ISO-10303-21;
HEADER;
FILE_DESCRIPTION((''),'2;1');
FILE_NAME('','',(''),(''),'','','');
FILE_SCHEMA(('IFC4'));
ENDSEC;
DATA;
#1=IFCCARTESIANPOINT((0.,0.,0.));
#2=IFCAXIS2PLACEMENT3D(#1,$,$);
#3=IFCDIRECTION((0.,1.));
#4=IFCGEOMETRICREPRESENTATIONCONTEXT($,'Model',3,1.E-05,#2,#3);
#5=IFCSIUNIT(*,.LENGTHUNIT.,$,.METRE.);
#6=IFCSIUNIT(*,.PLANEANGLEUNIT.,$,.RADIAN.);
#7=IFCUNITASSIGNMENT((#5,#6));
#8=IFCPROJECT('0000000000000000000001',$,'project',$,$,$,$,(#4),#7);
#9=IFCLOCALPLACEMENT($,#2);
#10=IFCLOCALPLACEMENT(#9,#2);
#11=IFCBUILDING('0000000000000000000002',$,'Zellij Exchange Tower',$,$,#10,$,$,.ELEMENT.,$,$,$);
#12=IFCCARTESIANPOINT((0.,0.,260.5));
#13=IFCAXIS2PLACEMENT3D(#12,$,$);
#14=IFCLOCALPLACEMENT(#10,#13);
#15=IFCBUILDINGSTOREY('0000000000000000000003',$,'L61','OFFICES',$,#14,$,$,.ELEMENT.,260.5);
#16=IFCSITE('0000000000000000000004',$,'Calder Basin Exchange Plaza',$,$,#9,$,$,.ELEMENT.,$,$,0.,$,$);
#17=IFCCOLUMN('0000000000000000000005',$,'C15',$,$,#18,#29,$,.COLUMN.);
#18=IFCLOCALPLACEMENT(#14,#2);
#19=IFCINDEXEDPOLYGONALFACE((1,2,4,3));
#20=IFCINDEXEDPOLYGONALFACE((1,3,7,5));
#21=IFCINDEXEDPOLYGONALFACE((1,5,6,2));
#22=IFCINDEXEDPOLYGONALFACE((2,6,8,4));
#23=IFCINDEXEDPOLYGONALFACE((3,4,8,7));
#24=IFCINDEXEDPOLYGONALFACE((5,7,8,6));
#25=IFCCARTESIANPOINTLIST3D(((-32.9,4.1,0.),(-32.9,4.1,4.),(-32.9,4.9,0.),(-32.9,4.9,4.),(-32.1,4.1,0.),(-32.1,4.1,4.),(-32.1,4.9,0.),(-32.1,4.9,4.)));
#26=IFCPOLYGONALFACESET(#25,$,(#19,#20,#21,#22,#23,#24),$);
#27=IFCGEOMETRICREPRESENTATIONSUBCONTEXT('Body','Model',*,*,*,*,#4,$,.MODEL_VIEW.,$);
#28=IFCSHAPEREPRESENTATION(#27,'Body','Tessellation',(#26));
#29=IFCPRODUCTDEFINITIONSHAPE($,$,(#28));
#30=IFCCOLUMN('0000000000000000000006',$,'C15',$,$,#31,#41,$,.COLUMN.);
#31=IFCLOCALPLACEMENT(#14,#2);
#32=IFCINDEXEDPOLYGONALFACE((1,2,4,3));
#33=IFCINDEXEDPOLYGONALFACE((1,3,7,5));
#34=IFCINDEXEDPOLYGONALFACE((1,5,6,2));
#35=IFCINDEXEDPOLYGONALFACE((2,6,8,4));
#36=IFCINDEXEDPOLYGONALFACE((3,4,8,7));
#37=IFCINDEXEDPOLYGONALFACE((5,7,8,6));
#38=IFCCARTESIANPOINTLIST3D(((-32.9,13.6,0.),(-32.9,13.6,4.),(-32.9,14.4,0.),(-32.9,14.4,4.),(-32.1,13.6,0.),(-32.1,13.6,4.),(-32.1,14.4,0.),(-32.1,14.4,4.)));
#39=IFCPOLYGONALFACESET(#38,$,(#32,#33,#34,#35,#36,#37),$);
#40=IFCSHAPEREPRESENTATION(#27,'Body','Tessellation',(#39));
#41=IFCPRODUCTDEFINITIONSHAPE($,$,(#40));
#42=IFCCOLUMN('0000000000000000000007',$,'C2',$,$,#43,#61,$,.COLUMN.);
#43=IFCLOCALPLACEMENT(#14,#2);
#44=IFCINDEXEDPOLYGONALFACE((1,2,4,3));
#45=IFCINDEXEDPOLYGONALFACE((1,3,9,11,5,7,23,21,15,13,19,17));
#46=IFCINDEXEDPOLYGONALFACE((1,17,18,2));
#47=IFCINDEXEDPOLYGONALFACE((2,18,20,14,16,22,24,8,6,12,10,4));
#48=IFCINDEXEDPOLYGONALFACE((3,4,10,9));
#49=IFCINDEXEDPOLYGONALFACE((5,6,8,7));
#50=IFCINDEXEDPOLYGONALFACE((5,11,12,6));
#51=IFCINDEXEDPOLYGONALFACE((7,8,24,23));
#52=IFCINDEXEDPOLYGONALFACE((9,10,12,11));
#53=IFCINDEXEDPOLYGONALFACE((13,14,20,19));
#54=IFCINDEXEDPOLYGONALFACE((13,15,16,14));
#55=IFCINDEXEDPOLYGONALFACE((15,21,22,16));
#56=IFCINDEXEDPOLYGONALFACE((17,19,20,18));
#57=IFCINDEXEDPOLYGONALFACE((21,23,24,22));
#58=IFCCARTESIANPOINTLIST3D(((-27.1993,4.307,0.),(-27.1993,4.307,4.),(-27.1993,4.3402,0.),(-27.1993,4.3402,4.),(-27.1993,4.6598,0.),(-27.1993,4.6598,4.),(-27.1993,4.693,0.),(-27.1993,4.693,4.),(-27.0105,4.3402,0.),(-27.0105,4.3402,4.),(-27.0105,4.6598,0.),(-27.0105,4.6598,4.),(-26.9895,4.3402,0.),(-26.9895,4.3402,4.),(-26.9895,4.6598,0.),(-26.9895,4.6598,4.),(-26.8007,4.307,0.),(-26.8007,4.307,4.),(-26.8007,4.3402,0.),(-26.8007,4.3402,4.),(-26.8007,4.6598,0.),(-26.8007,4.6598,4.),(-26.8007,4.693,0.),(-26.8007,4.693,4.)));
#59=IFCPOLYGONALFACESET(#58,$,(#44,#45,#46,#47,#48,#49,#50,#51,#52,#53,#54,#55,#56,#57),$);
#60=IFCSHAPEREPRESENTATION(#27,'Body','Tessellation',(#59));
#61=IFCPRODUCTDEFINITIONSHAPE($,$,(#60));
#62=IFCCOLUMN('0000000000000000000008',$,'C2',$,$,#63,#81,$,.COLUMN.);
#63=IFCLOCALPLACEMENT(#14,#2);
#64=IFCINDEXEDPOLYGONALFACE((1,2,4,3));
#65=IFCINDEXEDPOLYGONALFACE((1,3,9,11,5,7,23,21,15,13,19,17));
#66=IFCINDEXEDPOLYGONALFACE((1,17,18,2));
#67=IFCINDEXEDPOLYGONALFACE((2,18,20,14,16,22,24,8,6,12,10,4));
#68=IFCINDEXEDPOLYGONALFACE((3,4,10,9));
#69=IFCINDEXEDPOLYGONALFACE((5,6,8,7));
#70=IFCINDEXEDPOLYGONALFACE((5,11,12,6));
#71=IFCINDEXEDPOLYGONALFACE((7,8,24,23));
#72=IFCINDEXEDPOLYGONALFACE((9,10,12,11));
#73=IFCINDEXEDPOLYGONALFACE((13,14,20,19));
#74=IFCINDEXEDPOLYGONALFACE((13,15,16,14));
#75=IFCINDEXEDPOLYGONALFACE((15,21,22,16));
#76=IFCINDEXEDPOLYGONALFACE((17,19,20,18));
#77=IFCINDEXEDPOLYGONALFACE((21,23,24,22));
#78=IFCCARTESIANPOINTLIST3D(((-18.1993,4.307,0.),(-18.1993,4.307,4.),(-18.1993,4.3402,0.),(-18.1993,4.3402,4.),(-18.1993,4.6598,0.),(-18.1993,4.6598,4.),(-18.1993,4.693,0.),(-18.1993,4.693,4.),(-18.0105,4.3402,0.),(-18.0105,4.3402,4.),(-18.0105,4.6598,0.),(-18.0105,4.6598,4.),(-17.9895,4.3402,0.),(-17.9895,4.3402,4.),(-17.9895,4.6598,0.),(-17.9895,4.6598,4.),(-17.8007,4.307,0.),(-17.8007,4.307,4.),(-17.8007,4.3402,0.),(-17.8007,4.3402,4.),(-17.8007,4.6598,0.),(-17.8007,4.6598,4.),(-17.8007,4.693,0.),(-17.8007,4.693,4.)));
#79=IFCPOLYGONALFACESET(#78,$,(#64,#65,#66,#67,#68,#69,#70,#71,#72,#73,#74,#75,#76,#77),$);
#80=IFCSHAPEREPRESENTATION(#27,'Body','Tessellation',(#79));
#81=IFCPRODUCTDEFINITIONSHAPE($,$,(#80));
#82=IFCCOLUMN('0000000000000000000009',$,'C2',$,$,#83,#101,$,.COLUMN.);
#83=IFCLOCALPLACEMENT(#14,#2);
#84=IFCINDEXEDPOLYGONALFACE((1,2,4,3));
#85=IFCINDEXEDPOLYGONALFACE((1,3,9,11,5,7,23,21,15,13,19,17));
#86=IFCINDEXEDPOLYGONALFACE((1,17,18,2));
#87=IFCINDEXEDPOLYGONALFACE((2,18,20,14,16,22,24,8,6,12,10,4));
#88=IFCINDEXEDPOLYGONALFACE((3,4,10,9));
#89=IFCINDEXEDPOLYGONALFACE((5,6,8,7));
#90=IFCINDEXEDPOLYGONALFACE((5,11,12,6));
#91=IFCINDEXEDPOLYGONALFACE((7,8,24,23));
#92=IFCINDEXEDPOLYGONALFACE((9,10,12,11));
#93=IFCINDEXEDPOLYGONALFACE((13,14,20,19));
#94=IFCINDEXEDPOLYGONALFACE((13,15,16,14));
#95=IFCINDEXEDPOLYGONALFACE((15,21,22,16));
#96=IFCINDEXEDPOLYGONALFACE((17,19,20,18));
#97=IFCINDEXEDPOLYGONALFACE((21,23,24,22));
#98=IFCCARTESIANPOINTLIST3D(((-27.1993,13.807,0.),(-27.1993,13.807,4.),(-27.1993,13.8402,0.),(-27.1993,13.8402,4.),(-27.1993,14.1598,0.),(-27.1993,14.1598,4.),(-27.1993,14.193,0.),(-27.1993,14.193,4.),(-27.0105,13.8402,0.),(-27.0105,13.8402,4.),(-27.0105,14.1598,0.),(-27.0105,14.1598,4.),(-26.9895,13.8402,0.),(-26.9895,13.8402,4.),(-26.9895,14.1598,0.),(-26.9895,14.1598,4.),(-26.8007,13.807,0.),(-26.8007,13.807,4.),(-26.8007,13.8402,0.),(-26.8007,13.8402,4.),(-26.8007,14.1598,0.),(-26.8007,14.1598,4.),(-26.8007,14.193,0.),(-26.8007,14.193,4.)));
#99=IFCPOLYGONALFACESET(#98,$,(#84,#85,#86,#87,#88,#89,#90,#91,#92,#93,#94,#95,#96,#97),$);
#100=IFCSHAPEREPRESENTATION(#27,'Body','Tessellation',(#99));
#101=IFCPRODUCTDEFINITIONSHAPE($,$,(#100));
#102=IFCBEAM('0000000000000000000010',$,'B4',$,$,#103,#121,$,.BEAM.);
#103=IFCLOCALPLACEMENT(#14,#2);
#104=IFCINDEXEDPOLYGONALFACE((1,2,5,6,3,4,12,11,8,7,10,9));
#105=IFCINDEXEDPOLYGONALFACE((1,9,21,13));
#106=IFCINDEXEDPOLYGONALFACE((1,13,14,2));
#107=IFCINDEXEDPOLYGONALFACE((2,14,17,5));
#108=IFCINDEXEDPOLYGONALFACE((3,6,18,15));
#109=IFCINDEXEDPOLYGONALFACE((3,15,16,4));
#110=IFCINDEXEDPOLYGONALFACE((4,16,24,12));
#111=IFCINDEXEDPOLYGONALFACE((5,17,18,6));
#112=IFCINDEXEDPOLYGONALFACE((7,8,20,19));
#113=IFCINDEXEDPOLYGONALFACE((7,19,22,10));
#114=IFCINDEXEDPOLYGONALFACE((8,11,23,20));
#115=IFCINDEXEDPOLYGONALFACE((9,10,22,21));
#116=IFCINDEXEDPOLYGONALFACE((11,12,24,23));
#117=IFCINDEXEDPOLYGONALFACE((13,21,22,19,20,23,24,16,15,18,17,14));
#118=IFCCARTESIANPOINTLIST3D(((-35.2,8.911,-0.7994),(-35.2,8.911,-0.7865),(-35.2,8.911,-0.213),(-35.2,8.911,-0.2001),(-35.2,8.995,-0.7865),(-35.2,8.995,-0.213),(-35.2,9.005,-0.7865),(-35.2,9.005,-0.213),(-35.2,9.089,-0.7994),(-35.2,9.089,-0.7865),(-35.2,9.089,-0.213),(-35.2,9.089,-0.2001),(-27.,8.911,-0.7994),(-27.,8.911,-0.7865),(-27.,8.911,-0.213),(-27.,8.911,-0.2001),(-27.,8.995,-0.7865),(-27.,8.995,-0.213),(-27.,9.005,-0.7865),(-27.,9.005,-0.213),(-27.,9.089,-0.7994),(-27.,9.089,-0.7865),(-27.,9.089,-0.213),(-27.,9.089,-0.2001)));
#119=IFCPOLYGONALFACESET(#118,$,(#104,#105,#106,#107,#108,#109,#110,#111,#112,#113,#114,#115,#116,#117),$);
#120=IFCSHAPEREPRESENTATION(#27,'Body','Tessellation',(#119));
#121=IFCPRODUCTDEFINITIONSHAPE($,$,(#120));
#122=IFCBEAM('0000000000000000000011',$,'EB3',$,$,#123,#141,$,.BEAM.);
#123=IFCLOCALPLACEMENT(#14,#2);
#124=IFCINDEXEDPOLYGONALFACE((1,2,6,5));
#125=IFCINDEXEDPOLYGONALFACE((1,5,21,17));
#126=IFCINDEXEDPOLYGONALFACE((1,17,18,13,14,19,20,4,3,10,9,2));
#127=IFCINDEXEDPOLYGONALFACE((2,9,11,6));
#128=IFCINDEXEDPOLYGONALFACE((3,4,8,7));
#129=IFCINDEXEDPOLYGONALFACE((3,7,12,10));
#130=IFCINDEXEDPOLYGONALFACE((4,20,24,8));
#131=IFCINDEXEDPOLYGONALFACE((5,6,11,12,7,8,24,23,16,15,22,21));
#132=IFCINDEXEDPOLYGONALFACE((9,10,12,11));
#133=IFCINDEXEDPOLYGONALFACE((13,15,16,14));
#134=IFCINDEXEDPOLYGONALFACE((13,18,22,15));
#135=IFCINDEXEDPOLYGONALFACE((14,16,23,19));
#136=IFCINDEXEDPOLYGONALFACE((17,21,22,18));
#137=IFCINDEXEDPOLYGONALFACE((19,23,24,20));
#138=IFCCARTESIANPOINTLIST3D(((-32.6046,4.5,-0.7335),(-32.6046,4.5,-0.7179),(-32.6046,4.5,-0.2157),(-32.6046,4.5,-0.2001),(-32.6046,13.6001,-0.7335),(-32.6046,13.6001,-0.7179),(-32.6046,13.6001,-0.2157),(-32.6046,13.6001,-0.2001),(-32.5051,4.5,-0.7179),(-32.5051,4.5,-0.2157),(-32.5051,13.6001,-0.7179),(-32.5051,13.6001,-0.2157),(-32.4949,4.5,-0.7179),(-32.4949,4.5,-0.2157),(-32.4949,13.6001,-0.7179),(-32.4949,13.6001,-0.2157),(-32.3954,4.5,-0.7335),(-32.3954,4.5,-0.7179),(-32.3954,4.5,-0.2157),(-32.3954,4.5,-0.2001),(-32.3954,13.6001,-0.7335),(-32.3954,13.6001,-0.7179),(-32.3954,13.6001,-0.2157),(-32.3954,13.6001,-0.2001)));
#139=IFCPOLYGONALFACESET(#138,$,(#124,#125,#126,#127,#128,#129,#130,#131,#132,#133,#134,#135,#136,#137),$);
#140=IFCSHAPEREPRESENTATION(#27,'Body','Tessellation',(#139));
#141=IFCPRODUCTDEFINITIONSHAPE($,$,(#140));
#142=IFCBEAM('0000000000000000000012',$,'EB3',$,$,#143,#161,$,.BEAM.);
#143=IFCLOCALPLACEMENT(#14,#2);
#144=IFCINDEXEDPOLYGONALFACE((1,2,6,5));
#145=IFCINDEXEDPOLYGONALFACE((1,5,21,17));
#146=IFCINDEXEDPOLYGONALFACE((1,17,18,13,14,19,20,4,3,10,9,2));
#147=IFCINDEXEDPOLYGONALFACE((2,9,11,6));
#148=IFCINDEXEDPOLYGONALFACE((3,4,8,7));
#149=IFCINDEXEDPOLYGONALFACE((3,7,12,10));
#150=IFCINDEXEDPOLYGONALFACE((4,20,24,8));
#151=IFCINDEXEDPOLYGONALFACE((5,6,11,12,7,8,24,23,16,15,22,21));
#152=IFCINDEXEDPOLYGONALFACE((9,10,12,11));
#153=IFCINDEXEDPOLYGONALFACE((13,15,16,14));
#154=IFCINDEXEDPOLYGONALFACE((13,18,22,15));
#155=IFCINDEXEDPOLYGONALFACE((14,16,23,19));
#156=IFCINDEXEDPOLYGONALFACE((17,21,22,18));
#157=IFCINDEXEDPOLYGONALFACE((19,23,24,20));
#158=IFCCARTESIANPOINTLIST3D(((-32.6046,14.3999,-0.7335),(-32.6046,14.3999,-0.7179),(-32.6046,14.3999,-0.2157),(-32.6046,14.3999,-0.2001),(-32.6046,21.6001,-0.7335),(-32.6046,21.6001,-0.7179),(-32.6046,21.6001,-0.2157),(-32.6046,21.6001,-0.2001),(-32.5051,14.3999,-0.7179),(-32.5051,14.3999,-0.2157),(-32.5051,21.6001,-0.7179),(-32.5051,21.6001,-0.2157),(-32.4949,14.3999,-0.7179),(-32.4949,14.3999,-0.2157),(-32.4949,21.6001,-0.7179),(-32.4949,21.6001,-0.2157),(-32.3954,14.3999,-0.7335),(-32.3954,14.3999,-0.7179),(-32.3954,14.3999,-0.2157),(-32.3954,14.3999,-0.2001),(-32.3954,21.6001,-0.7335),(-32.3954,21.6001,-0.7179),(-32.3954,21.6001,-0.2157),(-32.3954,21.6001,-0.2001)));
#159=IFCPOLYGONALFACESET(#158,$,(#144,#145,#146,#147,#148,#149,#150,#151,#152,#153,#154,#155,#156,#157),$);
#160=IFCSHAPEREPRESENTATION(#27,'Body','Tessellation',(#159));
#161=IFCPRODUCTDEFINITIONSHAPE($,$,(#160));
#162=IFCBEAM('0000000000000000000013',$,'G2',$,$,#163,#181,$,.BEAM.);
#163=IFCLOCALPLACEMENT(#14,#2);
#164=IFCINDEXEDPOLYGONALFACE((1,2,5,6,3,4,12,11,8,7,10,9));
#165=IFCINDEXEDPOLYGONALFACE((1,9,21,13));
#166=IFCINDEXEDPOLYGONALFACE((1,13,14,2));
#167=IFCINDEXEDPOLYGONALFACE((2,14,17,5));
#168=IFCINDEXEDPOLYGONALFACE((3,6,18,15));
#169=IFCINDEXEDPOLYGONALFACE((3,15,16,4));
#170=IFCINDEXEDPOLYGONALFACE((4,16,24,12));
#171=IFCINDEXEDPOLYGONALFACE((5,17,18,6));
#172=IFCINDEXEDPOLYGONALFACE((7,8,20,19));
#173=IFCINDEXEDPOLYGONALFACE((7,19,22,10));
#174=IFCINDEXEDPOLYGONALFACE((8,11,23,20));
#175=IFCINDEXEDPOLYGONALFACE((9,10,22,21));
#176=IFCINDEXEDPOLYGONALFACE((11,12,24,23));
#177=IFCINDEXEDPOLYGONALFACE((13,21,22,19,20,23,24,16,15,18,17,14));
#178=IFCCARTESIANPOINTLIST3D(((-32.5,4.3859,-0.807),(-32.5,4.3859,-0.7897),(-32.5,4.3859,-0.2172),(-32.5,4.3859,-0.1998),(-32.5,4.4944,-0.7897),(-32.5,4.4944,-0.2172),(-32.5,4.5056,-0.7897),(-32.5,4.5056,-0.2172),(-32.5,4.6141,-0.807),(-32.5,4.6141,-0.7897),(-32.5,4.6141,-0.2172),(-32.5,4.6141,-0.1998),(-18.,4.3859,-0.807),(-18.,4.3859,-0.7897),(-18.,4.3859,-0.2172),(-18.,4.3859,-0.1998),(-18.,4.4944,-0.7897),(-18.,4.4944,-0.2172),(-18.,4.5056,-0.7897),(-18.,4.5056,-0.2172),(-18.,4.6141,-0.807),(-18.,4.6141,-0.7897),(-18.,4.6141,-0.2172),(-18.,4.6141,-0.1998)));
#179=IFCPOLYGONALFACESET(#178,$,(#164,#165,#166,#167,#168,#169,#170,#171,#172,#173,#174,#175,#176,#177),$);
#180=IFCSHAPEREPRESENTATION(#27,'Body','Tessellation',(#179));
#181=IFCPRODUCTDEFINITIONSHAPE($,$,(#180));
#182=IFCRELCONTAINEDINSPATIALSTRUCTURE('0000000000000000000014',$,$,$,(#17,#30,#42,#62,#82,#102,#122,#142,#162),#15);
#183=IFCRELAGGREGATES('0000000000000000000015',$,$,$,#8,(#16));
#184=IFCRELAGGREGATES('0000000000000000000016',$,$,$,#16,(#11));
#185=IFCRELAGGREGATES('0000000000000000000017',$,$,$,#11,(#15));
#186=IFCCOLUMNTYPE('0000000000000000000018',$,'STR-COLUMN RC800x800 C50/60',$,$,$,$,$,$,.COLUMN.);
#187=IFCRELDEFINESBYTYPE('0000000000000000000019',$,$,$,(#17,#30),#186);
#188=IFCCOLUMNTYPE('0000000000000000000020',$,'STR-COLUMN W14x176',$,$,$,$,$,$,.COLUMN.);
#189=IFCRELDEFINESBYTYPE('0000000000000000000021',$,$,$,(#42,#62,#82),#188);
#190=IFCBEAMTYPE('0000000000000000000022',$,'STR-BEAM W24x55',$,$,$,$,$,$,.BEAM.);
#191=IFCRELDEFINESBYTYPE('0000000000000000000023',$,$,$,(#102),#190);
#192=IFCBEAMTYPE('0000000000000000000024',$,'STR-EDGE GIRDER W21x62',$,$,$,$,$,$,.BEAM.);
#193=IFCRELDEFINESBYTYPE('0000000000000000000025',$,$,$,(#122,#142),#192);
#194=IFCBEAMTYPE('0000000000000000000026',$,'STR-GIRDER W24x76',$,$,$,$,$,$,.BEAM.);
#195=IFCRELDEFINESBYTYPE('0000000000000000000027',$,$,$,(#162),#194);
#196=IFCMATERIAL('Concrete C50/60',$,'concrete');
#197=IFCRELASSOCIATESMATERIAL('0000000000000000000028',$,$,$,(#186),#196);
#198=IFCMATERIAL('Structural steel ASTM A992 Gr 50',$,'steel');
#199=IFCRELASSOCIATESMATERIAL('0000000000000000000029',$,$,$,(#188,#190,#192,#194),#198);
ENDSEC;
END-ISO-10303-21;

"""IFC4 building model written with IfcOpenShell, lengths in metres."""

from ifc_helpers import new_model, si_unit, direction, frame, origin, origin_2d, place, context, subcontext, project, spatial, rectangle, i_section, extrude, material, material_profile, profile_set, type_object, element, save


model = new_model("IFC4")

# Units and contexts
model_context = context("Model", 3, precision=1e-05, world=origin(), true_north=direction((0.0, 1.0)))
body_context = subcontext(model_context, "Body", "Model", "MODEL_VIEW")
ifc_project = project(units=[si_unit("LENGTHUNIT", "METRE"), si_unit("PLANEANGLEUNIT", "RADIAN")], contexts=[model_context])

# Site, building, storey
site_placement = place(None, origin())
site = spatial("IfcSite", under=ifc_project, at=site_placement, Name="Calder Basin Exchange Plaza", CompositionType="ELEMENT", RefElevation=0.0)
building_placement = place(site_placement, origin())
building = spatial("IfcBuilding", under=site, at=building_placement, Name="Zellij Exchange Tower", CompositionType="ELEMENT")
storey_placement = place(building_placement, frame((0.0, 0.0, 260.5)))
storey = spatial("IfcBuildingStorey", under=building, at=storey_placement, Name="L61", Description="OFFICES", CompositionType="ELEMENT", Elevation=260.5)

# Columns
ifc_material_1 = material(Name="Concrete C50/60", Category="concrete")
ifc_material_profile_1 = material_profile(ifc_material_1, rectangle(XDim=0.8, YDim=0.8, at=origin_2d()), Name="STR-COLUMN RC800x800 C50/60")
ifc_profile_set_1 = profile_set([ifc_material_profile_1], Name="Concrete C50/60")
column_type_1 = type_object("IfcColumnType", Name="STR-COLUMN RC800x800 C50/60", PredefinedType="COLUMN", material=ifc_profile_set_1)
for number, where, z_axis, x_axis, name in (
    (1, (-32.5, 4.5, 0.0), (0.0, 0.0, 1.0), (1.0, 0.0, 0.0), "C15"),
    (2, (-32.5, 14.0, 0.0), (0.0, 0.0, 1.0), (1.0, 0.0, 0.0), "C15"),
):
    element("IfcColumn", number, at=place(storey_placement, frame(where, z_axis=z_axis, x_axis=x_axis)), inside=storey, type_object=column_type_1, Name=name, PredefinedType="COLUMN", context=body_context, shape_type="SweptSolid", body=[
        extrude(rectangle(XDim=0.8, YDim=0.8, at=origin_2d()), origin(), (0.0, 0.0, 1.0), 4.0),
    ])
ifc_material_2 = material(Name="Structural steel ASTM A992 Gr 50", Category="steel")
ifc_material_profile_2 = material_profile(ifc_material_2, i_section(OverallWidth=0.3987, OverallDepth=0.386, WebThickness=0.021, FlangeThickness=0.0332, at=origin_2d()), Name="W14x176")
ifc_profile_set_2 = profile_set([ifc_material_profile_2], Name="Structural steel ASTM A992 Gr 50")
column_type_2 = type_object("IfcColumnType", Name="STR-COLUMN W14x176", PredefinedType="COLUMN", material=ifc_profile_set_2)
for number, where, z_axis, x_axis, name in (
    (3, (-27.0, 4.5, 0.0), (0.0, 0.0, 1.0), (1.0, 0.0, 0.0), "C2"),
    (4, (-18.0, 4.5, 0.0), (0.0, 0.0, 1.0), (1.0, 0.0, 0.0), "C2"),
    (5, (-27.0, 14.0, 0.0), (0.0, 0.0, 1.0), (1.0, 0.0, 0.0), "C2"),
):
    element("IfcColumn", number, at=place(storey_placement, frame(where, z_axis=z_axis, x_axis=x_axis)), inside=storey, type_object=column_type_2, Name=name, PredefinedType="COLUMN", context=body_context, shape_type="SweptSolid", body=[
        extrude(i_section(OverallWidth=0.3987, OverallDepth=0.386, WebThickness=0.021, FlangeThickness=0.0332, at=origin_2d()), origin(), (0.0, 0.0, 1.0), 4.0),
    ])

# Beams
ifc_material_profile_3 = material_profile(ifc_material_2, i_section(OverallWidth=0.178, OverallDepth=0.5994, WebThickness=0.01, FlangeThickness=0.0129, at=origin_2d()), Name="W24x55")
ifc_profile_set_3 = profile_set([ifc_material_profile_3], Name="Structural steel ASTM A992 Gr 50")
beam_type_1 = type_object("IfcBeamType", Name="STR-BEAM W24x55", PredefinedType="BEAM", material=ifc_profile_set_3)
beam_1_placement = place(storey_placement, frame((-35.2, 9.0, -0.4998), z_axis=(1.0, 0.0, 0.0), x_axis=(0.0, 1.0, 0.0)))
element("IfcBeam", 6, at=beam_1_placement, inside=storey, type_object=beam_type_1, Name="B4", PredefinedType="BEAM", context=body_context, shape_type="SweptSolid", body=[
    extrude(i_section(OverallWidth=0.178, OverallDepth=0.5994, WebThickness=0.01, FlangeThickness=0.0129, at=origin_2d()), origin(), (0.0, 0.0, 1.0), 8.2),
])
ifc_material_profile_4 = material_profile(ifc_material_2, i_section(OverallWidth=0.2092, OverallDepth=0.5334, WebThickness=0.0103, FlangeThickness=0.0156, at=origin_2d()), Name="W21x62")
ifc_profile_set_4 = profile_set([ifc_material_profile_4], Name="Structural steel ASTM A992 Gr 50")
beam_type_2 = type_object("IfcBeamType", Name="STR-EDGE GIRDER W21x62", PredefinedType="BEAM", material=ifc_profile_set_4)
beam_2_placement = place(storey_placement, frame((-32.5, 4.5, -0.4668), z_axis=(0.0, 1.0, 0.0), x_axis=(-1.0, 0.0, 0.0)))
element("IfcBeam", 7, at=beam_2_placement, inside=storey, type_object=beam_type_2, Name="EB3", PredefinedType="BEAM", context=body_context, shape_type="SweptSolid", body=[
    extrude(i_section(OverallWidth=0.2092, OverallDepth=0.5334, WebThickness=0.0103, FlangeThickness=0.0156, at=origin_2d()), origin(), (0.0, 0.0, 1.0), 9.1001),
])
beam_3_placement = place(storey_placement, frame((-32.5, 14.3999, -0.4668), z_axis=(0.0, 1.0, 0.0), x_axis=(-1.0, 0.0, 0.0)))
element("IfcBeam", 8, at=beam_3_placement, inside=storey, type_object=beam_type_2, Name="EB3", PredefinedType="BEAM", context=body_context, shape_type="SweptSolid", body=[
    extrude(i_section(OverallWidth=0.2092, OverallDepth=0.5334, WebThickness=0.0103, FlangeThickness=0.0156, at=origin_2d()), origin(), (0.0, 0.0, 1.0), 7.2002),
])
ifc_material_profile_5 = material_profile(ifc_material_2, i_section(OverallWidth=0.2283, OverallDepth=0.6072, WebThickness=0.0112, FlangeThickness=0.0173, at=origin_2d()), Name="W24x76")
ifc_profile_set_5 = profile_set([ifc_material_profile_5], Name="Structural steel ASTM A992 Gr 50")
beam_type_3 = type_object("IfcBeamType", Name="STR-GIRDER W24x76", PredefinedType="BEAM", material=ifc_profile_set_5)
beam_4_placement = place(storey_placement, frame((-32.5, 4.5, -0.5034), z_axis=(1.0, 0.0, 0.0), x_axis=(0.0, 1.0, 0.0)))
element("IfcBeam", 9, at=beam_4_placement, inside=storey, type_object=beam_type_3, Name="G2", PredefinedType="BEAM", context=body_context, shape_type="SweptSolid", body=[
    extrude(i_section(OverallWidth=0.2283, OverallDepth=0.6072, WebThickness=0.0112, FlangeThickness=0.0173, at=origin_2d()), origin(), (0.0, 0.0, 1.0), 14.5),
])

save(model, "model.ifc")
